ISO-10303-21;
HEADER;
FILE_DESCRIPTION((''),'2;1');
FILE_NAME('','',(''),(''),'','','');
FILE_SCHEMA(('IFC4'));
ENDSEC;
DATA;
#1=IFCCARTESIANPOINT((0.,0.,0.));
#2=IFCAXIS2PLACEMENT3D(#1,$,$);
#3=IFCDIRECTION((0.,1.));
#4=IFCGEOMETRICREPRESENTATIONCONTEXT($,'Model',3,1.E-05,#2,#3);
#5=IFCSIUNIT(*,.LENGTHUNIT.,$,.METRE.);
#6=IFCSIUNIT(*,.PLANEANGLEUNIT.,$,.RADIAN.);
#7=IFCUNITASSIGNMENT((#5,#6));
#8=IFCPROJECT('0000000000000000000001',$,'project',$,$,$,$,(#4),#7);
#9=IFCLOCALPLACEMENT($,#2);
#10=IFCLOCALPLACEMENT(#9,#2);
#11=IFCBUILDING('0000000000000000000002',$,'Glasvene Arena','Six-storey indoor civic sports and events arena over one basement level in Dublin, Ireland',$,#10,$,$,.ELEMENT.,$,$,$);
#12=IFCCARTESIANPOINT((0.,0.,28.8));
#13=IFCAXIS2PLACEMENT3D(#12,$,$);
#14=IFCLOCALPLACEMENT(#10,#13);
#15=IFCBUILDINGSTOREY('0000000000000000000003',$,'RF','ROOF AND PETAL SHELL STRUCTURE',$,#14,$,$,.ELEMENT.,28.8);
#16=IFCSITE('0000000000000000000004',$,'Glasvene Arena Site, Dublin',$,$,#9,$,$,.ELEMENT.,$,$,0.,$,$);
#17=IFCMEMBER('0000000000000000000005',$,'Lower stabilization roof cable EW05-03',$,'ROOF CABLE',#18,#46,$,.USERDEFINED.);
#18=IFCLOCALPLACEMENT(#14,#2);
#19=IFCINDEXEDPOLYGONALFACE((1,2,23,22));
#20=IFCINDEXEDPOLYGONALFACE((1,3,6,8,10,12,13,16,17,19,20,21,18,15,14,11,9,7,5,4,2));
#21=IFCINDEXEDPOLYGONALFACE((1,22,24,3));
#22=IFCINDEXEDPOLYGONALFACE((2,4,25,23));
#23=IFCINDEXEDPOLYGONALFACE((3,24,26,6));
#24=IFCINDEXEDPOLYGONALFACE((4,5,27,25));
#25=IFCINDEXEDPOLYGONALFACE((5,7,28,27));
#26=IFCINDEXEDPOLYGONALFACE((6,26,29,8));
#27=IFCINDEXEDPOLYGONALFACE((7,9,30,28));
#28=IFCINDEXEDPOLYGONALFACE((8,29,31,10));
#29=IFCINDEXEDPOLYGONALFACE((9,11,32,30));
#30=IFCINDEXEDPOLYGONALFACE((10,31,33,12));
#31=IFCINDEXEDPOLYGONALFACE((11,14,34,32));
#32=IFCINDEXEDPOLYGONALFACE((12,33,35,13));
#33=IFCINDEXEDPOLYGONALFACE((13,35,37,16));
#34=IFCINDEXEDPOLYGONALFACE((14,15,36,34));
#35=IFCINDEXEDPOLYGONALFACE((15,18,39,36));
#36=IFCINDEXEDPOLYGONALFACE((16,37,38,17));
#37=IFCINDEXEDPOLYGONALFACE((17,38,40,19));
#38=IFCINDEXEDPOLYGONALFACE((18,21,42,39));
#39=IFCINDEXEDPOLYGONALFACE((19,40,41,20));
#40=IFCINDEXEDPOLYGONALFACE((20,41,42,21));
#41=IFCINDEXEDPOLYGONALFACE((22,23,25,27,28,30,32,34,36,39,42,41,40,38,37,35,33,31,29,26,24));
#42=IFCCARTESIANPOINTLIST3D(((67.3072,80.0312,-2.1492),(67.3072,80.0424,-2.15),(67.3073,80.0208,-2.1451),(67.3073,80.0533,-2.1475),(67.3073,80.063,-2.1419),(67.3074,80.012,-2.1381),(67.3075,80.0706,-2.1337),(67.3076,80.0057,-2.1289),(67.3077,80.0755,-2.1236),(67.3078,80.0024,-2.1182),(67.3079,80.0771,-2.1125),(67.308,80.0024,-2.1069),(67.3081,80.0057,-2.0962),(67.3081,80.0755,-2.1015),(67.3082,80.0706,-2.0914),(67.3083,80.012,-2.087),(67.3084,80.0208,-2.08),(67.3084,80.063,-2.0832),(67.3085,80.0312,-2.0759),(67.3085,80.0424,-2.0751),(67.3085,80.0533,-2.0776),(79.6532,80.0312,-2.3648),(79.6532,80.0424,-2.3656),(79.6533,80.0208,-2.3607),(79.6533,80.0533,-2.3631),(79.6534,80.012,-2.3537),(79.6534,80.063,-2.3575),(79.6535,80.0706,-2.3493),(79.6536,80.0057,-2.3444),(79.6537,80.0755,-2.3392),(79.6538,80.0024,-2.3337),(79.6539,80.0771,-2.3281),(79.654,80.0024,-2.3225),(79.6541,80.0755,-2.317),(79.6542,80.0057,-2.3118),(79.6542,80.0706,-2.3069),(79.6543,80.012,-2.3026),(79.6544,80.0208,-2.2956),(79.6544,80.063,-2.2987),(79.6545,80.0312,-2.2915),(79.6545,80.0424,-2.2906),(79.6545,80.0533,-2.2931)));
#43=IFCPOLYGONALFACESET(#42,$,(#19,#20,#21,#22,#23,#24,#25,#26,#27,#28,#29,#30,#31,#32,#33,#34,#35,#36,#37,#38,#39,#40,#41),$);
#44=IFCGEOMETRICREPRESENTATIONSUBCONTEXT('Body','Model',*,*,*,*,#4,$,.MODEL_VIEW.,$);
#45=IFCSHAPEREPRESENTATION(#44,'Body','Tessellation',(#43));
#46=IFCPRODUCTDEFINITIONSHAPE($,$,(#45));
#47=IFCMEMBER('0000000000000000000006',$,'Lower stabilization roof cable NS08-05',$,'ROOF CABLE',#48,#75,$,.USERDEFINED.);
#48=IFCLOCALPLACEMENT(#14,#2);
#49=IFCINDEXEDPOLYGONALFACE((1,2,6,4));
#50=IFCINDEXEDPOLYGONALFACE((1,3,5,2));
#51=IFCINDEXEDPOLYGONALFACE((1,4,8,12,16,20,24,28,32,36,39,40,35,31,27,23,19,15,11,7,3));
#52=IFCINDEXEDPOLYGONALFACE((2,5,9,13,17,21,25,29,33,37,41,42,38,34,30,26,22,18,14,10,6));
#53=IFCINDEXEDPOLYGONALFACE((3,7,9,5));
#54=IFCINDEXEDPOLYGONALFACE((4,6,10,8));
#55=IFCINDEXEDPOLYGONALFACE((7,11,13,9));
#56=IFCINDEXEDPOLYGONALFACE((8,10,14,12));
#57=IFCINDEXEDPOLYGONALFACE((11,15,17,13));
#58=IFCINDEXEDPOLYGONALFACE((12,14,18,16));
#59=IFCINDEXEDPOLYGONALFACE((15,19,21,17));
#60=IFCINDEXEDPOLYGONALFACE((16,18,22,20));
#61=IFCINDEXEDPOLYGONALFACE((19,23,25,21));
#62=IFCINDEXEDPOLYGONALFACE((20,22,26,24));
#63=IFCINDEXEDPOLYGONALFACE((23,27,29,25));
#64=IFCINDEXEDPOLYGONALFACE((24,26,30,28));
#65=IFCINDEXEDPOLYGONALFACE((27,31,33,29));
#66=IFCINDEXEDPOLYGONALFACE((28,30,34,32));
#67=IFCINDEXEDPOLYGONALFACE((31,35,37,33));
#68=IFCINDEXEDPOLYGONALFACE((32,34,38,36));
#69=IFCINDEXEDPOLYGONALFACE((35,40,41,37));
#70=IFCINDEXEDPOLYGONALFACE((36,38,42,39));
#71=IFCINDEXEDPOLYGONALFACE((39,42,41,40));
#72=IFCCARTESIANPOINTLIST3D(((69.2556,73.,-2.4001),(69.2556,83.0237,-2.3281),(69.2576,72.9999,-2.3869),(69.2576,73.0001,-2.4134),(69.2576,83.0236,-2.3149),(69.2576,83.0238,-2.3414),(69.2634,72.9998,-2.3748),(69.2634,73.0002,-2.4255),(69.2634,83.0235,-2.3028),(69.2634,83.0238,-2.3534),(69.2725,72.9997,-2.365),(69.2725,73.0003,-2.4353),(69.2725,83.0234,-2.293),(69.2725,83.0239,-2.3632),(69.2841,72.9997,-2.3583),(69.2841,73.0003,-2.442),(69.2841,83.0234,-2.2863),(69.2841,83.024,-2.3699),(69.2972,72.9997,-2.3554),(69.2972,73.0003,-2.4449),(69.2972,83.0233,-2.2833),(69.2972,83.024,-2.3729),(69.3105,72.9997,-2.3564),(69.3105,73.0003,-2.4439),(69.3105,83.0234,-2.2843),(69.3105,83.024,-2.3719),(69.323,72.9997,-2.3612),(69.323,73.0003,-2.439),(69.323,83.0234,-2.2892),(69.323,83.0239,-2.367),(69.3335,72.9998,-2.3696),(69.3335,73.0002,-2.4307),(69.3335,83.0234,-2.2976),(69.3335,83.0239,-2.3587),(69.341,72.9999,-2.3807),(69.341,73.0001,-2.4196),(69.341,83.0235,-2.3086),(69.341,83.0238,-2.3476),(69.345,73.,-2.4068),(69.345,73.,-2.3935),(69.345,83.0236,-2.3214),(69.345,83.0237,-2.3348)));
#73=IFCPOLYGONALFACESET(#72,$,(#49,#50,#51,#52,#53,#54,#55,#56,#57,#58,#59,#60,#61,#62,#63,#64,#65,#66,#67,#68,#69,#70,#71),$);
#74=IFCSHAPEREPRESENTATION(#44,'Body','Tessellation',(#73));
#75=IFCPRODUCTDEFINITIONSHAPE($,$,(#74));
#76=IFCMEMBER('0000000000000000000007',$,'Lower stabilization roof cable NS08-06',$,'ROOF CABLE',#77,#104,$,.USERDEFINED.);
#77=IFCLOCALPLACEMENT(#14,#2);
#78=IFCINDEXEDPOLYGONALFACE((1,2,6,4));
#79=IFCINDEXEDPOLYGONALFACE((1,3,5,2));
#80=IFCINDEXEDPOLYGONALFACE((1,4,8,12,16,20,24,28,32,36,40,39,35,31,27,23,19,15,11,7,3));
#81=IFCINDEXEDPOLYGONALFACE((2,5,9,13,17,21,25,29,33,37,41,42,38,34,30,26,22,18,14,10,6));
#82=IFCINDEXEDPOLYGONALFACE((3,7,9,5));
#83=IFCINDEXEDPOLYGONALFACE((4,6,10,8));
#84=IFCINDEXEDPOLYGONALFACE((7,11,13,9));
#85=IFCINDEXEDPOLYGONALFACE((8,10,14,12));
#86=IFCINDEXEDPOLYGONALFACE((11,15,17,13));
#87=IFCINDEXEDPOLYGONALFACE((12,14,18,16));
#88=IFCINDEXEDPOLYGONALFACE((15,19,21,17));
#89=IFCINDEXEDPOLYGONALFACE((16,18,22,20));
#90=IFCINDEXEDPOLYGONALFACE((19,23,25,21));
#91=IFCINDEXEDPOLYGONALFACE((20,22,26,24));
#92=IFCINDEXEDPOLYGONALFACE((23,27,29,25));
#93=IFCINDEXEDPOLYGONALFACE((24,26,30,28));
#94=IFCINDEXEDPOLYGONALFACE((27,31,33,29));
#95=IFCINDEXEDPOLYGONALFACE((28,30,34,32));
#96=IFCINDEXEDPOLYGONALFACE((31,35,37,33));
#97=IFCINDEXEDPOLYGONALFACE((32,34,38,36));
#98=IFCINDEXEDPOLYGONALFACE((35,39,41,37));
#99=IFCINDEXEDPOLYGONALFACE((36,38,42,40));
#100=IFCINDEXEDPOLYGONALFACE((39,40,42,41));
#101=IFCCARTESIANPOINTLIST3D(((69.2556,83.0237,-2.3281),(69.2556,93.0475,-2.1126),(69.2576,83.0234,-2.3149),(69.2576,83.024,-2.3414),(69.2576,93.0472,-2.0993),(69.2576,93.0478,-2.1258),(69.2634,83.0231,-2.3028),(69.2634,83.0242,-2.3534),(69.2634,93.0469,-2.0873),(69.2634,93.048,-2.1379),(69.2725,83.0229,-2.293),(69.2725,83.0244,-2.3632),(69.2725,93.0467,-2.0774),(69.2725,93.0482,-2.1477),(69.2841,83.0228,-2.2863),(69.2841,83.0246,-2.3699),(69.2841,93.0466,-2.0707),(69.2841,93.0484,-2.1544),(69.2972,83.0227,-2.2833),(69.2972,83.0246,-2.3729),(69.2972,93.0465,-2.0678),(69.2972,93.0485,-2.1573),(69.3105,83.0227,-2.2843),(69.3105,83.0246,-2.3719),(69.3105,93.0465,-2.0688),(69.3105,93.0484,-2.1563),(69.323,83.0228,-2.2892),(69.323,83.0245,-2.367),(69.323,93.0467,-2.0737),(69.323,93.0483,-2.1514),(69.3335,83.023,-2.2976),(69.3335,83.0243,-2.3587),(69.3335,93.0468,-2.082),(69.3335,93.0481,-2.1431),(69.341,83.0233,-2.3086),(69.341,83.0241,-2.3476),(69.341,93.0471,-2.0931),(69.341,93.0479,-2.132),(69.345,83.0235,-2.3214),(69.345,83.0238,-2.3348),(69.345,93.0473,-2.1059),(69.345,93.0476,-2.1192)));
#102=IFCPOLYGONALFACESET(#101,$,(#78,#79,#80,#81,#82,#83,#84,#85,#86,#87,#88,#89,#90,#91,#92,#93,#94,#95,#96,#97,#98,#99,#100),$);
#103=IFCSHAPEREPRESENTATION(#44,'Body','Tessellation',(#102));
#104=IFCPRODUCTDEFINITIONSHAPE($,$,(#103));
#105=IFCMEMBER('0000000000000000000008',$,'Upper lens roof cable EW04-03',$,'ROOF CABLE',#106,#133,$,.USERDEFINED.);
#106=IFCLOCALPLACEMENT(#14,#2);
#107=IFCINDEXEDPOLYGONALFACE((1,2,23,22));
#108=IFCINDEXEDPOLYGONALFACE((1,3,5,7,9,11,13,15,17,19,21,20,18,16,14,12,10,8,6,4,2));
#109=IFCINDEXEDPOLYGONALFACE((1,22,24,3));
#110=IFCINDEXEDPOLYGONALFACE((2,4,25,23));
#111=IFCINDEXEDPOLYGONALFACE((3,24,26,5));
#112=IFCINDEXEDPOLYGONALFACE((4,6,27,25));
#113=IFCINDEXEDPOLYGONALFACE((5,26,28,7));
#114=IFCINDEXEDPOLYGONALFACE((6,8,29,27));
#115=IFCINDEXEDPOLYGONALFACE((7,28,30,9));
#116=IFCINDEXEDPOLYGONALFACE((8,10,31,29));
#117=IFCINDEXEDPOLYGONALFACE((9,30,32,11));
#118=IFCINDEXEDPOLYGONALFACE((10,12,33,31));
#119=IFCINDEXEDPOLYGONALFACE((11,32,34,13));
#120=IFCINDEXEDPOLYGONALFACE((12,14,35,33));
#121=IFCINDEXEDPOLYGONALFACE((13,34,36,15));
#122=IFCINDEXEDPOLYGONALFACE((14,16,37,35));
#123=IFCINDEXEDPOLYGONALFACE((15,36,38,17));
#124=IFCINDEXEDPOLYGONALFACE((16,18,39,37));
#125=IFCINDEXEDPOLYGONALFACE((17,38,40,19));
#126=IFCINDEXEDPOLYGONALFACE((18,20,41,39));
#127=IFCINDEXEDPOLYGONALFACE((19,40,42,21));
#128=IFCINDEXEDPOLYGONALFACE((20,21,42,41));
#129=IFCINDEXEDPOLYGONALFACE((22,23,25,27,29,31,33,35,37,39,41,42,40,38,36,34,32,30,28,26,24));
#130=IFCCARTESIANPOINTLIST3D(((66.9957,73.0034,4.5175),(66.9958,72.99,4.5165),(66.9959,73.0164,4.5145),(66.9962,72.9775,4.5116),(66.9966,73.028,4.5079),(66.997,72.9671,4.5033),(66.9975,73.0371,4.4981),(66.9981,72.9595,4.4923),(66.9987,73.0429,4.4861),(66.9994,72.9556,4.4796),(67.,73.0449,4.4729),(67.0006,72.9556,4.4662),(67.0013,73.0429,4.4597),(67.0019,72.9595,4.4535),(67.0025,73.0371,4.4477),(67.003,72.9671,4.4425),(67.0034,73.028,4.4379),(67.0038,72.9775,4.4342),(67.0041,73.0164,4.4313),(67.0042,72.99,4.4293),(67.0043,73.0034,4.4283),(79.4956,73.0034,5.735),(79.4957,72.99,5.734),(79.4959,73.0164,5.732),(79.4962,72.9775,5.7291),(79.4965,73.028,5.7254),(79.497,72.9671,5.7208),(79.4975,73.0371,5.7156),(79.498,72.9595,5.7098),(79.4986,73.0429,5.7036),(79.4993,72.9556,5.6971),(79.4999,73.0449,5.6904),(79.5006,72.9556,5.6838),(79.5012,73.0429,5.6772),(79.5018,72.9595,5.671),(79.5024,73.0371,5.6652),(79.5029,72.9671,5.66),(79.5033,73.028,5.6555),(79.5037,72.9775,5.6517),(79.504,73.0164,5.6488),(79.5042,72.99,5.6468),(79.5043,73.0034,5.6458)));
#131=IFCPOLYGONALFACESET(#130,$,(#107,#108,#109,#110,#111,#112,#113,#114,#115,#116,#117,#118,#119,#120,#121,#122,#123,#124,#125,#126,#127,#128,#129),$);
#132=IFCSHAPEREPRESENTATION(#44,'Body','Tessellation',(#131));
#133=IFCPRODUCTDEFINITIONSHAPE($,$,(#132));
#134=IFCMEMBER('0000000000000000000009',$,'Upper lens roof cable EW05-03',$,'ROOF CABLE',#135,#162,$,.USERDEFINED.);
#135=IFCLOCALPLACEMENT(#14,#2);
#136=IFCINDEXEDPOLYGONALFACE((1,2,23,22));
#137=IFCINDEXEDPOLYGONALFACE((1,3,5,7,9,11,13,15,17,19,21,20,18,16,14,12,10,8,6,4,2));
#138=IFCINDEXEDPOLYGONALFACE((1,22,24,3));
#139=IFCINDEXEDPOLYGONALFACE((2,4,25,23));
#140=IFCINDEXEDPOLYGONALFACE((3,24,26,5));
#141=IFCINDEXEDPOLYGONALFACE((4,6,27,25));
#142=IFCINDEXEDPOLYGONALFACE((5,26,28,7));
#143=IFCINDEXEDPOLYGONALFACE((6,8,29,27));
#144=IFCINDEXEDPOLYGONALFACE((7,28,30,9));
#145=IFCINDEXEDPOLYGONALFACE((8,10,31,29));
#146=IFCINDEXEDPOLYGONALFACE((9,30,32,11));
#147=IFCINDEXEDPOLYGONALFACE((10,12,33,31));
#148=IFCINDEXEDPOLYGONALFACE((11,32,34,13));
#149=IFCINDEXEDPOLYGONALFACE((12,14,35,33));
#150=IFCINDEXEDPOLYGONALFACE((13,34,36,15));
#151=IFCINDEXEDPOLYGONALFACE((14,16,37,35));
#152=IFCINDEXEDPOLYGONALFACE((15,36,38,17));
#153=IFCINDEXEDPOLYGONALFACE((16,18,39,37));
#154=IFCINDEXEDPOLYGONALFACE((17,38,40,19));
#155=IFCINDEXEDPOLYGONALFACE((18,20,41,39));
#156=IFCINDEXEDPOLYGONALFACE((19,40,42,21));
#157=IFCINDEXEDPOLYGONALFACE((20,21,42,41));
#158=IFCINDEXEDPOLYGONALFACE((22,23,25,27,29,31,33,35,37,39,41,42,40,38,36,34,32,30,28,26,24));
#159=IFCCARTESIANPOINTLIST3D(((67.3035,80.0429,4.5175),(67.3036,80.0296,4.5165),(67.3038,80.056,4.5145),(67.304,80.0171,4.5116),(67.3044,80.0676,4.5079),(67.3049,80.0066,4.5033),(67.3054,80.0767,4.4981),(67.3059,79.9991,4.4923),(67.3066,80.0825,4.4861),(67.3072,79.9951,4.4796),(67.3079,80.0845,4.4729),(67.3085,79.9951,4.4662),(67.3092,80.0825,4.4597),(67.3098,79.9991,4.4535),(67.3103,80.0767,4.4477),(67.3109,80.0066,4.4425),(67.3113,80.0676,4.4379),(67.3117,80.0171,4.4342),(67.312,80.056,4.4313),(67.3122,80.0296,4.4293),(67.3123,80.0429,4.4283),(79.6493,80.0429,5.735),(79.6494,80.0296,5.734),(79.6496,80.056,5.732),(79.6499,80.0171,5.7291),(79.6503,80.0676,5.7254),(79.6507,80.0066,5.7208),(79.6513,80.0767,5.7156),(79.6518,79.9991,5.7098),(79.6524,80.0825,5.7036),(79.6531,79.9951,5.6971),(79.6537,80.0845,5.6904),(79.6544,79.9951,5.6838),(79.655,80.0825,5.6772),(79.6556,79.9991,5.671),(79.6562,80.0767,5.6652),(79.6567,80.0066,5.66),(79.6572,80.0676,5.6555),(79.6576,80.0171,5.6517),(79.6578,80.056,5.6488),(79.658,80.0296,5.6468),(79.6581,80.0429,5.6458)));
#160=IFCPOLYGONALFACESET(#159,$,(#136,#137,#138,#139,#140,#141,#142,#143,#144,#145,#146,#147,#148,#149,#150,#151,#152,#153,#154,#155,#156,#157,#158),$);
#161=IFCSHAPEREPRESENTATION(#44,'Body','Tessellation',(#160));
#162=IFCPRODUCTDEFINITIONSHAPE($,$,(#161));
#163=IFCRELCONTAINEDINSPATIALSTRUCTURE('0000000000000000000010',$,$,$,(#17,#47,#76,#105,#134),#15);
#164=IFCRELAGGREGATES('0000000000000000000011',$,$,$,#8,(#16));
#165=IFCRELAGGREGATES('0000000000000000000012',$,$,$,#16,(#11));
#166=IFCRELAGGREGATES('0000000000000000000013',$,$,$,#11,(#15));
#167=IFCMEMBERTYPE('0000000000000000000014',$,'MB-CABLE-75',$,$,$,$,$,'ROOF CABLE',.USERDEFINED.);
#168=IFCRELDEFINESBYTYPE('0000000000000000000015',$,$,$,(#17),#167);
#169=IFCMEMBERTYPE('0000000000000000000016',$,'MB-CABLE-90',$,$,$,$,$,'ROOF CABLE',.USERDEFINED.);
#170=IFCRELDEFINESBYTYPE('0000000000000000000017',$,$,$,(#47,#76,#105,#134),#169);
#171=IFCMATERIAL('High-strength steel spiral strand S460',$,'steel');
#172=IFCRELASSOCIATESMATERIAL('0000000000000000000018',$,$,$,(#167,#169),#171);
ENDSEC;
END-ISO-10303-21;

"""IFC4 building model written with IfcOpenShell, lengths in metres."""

from ifc_helpers import new_model, si_unit, direction, frame, origin, origin_2d, place, context, subcontext, project, spatial, circle, extrude, material, material_profile, profile_set, type_object, element, save


model = new_model("IFC4")

# Units and contexts
model_context = context("Model", 3, precision=1e-05, world=origin(), true_north=direction((0.0, 1.0)))
body_context = subcontext(model_context, "Body", "Model", "MODEL_VIEW")
ifc_project = project(units=[si_unit("LENGTHUNIT", "METRE"), si_unit("PLANEANGLEUNIT", "RADIAN")], contexts=[model_context])

# Site, building, storey
site_placement = place(None, origin())
site = spatial("IfcSite", under=ifc_project, at=site_placement, Name="Glasvene Arena Site, Dublin", CompositionType="ELEMENT", RefElevation=0.0)
building_placement = place(site_placement, origin())
building = spatial("IfcBuilding", under=site, at=building_placement, Name="Glasvene Arena", Description="Six-storey indoor civic sports and events arena over one basement level in Dublin, Ireland", CompositionType="ELEMENT")
storey_placement = place(building_placement, frame((0.0, 0.0, 28.8)))
storey = spatial("IfcBuildingStorey", under=building, at=storey_placement, Name="RF", Description="ROOF AND PETAL SHELL STRUCTURE", CompositionType="ELEMENT", Elevation=28.8)

# Members
ifc_material_1 = material(Name="High-strength steel spiral strand S460", Category="steel")
ifc_material_profile_1 = material_profile(ifc_material_1, circle(Radius=0.0376, at=origin_2d()), Name="LCSS D75")
ifc_profile_set_1 = profile_set([ifc_material_profile_1], Name="High-strength steel spiral strand S460")
member_type_1 = type_object("IfcMemberType", Name="MB-CABLE-75", ElementType="ROOF CABLE", PredefinedType="USERDEFINED", material=ifc_profile_set_1)
member_1_placement = place(storey_placement, frame((67.3079, 80.0396, -2.1125), z_axis=(0.999848, 0.0, -0.017459), x_axis=(0.0, 1.0, 0.0)))
element("IfcMember", 1, at=member_1_placement, inside=storey, type_object=member_type_1, Name="Lower stabilization roof cable EW05-03", ObjectType="ROOF CABLE", PredefinedType="USERDEFINED", context=body_context, shape_type="SweptSolid", body=[
    extrude(circle(Radius=0.0376, at=origin_2d()), origin(), (0.0, 0.0, 1.0), 12.3479),
])
ifc_material_profile_2 = material_profile(ifc_material_1, circle(Radius=0.0449, at=origin_2d()), Name="LCSS D90")
ifc_profile_set_2 = profile_set([ifc_material_profile_2], Name="High-strength steel spiral strand S460")
member_type_2 = type_object("IfcMemberType", Name="MB-CABLE-90", ElementType="ROOF CABLE", PredefinedType="USERDEFINED", material=ifc_profile_set_2)
member_2_placement = place(storey_placement, frame((69.3005, 73.0, -2.4001), z_axis=(0.0, 0.999974, 0.007185), x_axis=(-1.0, 0.0, 0.0)))
element("IfcMember", 2, at=member_2_placement, inside=storey, type_object=member_type_2, Name="Lower stabilization roof cable NS08-05", ObjectType="ROOF CABLE", PredefinedType="USERDEFINED", context=body_context, shape_type="SweptSolid", body=[
    extrude(circle(Radius=0.0449, at=origin_2d()), origin(), (0.0, 0.0, 1.0), 10.0239),
])
member_3_placement = place(storey_placement, frame((69.3005, 83.0237, -2.3281), z_axis=(0.0, 0.999769, 0.021501), x_axis=(-1.0, 0.0, 0.0)))
element("IfcMember", 3, at=member_3_placement, inside=storey, type_object=member_type_2, Name="Lower stabilization roof cable NS08-06", ObjectType="ROOF CABLE", PredefinedType="USERDEFINED", context=body_context, shape_type="SweptSolid", body=[
    extrude(circle(Radius=0.0449, at=origin_2d()), origin(), (0.0, 0.0, 1.0), 10.0261),
])
member_4_placement = place(storey_placement, frame((67.0, 73.0, 4.4729), z_axis=(0.99529, 0.0, 0.096944), x_axis=(0.0, 1.0, 0.0)))
element("IfcMember", 4, at=member_4_placement, inside=storey, type_object=member_type_2, Name="Upper lens roof cable EW04-03", ObjectType="ROOF CABLE", PredefinedType="USERDEFINED", context=body_context, shape_type="SweptSolid", body=[
    extrude(circle(Radius=0.0449, at=origin_2d()), origin(), (0.0, 0.0, 1.0), 12.5591),
])
member_5_placement = place(storey_placement, frame((67.3079, 80.0396, 4.4729), z_axis=(0.995172, 0.0, 0.098142), x_axis=(0.0, 1.0, 0.0)))
element("IfcMember", 5, at=member_5_placement, inside=storey, type_object=member_type_2, Name="Upper lens roof cable EW05-03", ObjectType="ROOF CABLE", PredefinedType="USERDEFINED", context=body_context, shape_type="SweptSolid", body=[
    extrude(circle(Radius=0.0449, at=origin_2d()), origin(), (0.0, 0.0, 1.0), 12.4058),
])

save(model, "model.ifc")
